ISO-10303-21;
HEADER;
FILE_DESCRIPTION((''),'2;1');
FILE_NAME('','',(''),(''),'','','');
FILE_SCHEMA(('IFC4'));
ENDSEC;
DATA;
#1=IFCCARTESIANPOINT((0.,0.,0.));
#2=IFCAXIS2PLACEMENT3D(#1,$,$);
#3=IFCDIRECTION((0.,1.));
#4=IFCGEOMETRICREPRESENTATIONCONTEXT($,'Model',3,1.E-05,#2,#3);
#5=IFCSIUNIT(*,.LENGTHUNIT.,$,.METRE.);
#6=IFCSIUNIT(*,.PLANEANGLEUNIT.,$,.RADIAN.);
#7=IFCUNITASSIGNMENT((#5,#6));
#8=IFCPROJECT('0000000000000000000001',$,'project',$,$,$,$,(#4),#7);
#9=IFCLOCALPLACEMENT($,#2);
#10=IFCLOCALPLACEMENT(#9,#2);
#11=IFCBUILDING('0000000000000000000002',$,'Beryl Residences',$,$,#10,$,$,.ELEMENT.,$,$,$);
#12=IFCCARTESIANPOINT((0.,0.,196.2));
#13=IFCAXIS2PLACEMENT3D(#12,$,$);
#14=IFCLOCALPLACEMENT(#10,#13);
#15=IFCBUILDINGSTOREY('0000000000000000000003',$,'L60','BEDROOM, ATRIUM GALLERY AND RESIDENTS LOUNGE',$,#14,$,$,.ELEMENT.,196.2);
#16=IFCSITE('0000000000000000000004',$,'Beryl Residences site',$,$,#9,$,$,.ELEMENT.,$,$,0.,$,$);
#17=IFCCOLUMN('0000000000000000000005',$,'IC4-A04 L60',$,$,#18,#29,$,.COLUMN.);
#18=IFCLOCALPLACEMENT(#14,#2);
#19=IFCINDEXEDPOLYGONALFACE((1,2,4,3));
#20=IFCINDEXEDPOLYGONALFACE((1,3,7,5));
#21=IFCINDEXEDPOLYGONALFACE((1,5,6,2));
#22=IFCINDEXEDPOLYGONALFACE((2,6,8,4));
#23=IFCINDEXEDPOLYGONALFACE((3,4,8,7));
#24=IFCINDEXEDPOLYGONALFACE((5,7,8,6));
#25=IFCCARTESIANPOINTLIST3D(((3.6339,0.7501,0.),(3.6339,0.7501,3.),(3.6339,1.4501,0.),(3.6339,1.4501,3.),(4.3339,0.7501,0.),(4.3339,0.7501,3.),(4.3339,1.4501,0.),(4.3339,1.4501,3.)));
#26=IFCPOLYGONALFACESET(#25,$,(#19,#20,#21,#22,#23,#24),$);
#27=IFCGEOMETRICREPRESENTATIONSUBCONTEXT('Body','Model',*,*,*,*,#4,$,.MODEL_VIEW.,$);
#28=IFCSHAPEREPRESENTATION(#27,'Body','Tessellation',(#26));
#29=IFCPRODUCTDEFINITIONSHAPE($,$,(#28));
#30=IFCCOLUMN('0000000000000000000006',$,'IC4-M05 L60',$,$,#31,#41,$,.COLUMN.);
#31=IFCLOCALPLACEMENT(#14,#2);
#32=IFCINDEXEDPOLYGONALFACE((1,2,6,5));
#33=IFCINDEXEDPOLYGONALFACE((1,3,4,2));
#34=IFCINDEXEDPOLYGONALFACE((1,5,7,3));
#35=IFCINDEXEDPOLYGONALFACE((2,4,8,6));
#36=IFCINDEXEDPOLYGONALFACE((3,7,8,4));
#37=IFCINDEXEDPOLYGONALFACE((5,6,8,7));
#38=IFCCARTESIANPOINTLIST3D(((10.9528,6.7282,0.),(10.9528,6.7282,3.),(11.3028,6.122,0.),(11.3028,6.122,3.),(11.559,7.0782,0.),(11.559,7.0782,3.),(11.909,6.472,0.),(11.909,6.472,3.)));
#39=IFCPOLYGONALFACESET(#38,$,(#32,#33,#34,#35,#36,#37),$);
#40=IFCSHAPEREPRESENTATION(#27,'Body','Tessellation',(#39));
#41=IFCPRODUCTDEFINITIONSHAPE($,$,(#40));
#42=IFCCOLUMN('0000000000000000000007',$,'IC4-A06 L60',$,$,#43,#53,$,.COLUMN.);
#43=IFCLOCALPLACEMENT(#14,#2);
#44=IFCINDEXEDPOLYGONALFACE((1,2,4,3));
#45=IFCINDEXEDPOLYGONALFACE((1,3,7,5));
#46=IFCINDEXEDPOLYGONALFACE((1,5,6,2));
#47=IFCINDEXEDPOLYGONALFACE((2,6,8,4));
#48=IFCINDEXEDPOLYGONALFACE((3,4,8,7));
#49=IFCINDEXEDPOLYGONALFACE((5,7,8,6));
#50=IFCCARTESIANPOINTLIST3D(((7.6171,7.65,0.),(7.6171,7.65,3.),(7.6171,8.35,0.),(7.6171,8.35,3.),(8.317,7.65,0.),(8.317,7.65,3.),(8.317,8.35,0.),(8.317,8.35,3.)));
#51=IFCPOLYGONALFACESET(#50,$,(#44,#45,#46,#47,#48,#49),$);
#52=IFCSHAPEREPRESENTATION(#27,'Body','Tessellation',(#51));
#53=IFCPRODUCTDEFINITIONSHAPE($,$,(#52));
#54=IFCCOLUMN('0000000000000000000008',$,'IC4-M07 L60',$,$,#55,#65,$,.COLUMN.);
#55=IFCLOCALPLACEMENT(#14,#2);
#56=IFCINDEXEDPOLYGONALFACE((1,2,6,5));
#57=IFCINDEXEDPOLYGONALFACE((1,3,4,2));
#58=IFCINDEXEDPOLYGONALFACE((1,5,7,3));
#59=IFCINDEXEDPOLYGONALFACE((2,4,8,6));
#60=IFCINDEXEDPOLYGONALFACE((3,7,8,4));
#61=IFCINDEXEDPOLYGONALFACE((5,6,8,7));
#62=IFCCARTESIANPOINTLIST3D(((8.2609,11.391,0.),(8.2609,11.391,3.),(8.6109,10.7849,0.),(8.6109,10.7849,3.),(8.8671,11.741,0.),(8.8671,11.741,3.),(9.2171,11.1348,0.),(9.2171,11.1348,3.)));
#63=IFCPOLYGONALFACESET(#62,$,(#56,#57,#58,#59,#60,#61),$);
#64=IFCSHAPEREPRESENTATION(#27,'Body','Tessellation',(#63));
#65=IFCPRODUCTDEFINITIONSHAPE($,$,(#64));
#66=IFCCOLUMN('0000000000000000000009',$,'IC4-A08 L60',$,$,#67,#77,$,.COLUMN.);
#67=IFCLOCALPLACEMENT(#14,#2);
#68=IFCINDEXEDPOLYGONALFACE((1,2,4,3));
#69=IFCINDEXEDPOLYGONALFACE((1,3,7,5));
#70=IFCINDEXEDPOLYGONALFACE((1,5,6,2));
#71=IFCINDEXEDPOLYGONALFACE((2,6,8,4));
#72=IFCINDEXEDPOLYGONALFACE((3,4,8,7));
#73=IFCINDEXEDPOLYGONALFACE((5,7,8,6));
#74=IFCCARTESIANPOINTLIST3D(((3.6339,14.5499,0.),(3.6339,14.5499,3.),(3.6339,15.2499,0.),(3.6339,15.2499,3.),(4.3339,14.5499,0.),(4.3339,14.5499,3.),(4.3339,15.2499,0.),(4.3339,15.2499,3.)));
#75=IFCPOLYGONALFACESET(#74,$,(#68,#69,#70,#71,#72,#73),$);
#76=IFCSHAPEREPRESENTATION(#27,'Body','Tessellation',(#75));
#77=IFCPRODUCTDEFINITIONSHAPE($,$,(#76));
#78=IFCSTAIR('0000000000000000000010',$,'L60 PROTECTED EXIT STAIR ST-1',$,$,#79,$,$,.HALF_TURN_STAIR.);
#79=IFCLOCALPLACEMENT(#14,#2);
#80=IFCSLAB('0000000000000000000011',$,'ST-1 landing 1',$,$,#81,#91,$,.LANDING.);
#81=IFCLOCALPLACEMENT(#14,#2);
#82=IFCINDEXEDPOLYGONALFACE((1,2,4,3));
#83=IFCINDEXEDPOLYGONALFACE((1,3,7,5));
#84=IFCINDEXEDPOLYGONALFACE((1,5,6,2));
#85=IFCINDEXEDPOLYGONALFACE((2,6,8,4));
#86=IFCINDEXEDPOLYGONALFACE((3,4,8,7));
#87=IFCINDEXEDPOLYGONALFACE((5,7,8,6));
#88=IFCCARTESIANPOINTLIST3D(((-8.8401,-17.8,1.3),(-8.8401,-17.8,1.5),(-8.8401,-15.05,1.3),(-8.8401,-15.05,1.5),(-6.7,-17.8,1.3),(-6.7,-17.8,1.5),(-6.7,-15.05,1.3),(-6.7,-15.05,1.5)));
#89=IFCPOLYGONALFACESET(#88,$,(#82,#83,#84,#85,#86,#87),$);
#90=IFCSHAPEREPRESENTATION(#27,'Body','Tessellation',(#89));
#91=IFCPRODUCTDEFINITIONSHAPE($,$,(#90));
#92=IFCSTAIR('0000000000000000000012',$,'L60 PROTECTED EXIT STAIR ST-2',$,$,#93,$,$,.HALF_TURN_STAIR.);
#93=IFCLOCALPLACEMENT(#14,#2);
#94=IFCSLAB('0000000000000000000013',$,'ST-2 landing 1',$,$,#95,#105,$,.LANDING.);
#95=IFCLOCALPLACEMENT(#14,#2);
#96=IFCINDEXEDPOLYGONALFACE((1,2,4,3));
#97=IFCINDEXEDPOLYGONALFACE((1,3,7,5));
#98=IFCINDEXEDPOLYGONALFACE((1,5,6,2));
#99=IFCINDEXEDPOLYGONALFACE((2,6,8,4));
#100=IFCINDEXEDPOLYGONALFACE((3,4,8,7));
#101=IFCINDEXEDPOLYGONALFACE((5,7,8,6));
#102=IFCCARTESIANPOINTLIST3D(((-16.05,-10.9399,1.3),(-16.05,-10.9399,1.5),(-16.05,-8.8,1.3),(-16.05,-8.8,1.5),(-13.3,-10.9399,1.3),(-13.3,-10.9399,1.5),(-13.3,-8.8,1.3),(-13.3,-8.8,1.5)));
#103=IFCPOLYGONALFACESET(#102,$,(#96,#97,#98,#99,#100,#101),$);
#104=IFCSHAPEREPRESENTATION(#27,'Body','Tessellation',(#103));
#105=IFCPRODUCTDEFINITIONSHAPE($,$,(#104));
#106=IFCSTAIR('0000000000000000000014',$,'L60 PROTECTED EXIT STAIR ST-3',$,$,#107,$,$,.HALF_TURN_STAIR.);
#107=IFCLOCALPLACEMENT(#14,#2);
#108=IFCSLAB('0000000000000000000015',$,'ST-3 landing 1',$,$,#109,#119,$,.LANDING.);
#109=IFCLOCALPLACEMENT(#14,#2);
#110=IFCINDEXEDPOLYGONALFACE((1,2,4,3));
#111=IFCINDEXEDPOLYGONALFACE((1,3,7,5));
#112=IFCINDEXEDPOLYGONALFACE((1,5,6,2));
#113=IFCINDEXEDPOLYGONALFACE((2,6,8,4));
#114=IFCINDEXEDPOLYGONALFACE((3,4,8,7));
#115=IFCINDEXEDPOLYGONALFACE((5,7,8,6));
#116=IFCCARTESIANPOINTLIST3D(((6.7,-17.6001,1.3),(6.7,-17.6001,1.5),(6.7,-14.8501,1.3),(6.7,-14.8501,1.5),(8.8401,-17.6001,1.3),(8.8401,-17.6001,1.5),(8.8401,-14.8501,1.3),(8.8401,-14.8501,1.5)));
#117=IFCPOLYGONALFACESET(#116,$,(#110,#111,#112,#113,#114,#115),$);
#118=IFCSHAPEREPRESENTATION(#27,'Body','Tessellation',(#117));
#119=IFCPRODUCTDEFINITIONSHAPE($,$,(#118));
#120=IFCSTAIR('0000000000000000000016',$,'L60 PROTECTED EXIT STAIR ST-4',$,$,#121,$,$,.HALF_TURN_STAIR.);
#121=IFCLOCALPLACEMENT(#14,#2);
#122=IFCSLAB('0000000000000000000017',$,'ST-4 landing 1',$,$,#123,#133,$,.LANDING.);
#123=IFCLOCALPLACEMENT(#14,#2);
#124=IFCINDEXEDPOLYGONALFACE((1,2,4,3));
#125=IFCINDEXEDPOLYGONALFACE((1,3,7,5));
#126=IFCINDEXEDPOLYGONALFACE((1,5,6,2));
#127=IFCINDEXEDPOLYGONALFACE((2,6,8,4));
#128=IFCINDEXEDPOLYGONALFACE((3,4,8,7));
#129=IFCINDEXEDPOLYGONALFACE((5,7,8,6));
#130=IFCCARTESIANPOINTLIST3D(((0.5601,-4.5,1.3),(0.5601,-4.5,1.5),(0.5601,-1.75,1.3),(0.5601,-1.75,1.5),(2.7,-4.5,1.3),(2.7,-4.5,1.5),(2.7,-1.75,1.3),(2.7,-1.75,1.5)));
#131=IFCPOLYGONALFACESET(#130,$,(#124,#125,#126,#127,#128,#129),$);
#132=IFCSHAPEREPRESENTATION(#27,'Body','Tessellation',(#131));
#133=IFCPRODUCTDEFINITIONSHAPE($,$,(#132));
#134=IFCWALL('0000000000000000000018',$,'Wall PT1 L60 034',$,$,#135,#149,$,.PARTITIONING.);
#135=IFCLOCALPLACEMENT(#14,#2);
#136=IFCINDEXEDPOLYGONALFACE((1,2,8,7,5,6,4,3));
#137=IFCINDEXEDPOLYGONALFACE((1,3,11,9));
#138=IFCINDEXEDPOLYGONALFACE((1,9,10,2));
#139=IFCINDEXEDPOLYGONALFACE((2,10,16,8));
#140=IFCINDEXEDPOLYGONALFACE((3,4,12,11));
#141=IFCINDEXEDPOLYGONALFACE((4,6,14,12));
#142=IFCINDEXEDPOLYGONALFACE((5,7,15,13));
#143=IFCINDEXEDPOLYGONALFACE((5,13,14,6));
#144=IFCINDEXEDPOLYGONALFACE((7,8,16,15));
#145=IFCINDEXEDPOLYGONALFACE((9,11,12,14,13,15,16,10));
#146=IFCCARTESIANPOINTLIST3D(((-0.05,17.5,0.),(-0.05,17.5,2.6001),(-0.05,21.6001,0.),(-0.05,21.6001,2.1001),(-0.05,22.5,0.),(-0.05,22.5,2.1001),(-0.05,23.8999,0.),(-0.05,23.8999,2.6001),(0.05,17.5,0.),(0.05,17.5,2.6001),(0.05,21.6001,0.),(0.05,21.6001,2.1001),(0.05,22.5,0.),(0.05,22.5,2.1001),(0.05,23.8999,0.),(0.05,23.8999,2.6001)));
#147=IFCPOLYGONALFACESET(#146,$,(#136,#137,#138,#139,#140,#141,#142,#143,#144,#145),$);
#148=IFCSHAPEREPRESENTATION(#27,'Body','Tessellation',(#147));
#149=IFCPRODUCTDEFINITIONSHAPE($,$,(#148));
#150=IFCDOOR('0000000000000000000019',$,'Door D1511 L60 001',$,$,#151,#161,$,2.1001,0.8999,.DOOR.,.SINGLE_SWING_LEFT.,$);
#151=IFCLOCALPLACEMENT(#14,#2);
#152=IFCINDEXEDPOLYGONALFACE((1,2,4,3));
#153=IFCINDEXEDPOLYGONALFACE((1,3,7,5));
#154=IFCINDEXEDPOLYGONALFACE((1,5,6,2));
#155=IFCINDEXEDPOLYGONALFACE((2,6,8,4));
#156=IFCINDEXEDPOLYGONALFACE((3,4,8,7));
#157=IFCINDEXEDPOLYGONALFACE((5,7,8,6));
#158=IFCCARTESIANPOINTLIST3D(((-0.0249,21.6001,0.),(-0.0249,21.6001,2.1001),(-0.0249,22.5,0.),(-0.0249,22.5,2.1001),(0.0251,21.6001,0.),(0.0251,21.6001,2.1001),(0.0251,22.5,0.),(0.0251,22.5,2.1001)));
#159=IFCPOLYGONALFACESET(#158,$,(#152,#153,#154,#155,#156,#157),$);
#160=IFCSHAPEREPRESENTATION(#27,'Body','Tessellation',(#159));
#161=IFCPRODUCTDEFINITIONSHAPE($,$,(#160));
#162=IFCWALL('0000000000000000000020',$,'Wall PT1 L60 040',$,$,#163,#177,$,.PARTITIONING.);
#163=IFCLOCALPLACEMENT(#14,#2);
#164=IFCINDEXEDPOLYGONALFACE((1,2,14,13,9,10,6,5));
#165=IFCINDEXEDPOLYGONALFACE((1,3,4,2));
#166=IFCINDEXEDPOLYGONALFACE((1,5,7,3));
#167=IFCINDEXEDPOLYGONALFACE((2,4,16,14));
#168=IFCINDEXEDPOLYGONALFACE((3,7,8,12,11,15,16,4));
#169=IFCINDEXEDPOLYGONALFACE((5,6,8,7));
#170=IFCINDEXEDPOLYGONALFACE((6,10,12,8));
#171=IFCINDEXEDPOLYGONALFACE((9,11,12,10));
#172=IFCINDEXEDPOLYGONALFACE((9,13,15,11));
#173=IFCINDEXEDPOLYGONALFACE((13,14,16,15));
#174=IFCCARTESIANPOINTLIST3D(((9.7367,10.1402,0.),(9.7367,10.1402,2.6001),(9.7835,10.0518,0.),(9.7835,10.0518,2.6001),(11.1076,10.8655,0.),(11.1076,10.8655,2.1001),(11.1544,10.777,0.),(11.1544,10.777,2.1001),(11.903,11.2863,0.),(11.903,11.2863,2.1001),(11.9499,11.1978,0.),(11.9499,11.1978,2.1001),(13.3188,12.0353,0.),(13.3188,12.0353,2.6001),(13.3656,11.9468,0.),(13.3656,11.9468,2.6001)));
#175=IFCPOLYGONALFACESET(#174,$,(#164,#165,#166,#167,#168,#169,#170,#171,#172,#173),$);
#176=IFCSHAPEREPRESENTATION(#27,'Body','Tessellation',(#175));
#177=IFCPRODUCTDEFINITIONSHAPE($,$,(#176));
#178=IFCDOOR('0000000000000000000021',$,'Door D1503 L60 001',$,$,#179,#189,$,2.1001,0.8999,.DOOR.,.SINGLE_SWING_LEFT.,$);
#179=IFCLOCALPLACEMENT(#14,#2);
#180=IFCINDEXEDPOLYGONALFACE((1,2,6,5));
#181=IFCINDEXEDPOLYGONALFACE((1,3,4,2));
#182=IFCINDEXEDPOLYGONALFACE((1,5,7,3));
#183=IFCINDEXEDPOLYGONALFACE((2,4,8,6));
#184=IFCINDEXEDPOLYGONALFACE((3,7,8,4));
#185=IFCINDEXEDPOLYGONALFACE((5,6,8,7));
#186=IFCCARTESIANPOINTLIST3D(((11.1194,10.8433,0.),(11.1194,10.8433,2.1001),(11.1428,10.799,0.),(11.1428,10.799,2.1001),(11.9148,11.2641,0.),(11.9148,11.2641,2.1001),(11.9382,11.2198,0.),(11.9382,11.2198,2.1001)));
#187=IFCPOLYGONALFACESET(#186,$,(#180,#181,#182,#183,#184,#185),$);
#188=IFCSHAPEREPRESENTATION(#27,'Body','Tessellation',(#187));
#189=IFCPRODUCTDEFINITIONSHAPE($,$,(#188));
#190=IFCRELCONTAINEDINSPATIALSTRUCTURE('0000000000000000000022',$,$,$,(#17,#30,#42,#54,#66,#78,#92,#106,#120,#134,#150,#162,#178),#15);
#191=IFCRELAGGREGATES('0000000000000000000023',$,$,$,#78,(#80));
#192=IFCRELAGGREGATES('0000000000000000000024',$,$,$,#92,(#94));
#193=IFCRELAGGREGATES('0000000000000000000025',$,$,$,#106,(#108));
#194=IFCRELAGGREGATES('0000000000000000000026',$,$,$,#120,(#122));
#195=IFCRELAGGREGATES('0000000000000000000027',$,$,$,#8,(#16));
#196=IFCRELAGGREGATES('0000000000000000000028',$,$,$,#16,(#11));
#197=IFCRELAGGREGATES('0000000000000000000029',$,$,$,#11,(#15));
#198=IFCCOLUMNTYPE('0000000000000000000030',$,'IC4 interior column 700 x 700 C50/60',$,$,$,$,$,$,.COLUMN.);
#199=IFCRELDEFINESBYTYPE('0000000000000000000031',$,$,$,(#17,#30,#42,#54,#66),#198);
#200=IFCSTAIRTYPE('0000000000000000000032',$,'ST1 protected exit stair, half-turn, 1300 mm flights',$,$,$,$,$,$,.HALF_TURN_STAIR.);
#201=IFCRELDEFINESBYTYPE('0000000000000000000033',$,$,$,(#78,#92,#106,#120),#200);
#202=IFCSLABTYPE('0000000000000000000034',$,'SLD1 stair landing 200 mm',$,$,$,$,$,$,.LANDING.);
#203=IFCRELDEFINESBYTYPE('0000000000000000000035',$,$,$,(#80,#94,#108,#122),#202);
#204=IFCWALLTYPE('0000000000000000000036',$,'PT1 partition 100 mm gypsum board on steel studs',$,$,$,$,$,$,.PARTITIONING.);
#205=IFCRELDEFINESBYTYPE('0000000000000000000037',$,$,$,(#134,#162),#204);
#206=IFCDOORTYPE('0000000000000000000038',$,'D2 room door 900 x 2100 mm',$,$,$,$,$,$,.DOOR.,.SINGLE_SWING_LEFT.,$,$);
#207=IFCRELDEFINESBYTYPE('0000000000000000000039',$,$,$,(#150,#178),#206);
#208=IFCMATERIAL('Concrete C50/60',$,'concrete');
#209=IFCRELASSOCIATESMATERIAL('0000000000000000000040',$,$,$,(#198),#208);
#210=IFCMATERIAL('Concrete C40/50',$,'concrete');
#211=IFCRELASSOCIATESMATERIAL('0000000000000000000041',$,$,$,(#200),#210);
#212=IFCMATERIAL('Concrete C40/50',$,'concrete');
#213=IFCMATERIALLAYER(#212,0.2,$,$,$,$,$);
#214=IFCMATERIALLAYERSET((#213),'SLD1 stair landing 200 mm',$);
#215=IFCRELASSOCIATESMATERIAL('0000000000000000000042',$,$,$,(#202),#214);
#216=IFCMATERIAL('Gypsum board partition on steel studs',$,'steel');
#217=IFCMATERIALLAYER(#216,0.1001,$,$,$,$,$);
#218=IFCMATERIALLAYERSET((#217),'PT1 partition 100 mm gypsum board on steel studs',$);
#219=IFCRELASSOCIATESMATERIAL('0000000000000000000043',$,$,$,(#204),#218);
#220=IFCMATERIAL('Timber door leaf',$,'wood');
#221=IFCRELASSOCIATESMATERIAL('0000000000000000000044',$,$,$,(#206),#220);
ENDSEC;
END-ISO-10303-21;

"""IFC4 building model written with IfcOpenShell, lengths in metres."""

from ifc_helpers import new_model, si_unit, direction, frame, frame_2d, origin, origin_2d, place, context, subcontext, project, spatial, polyline, rectangle, outline, extrude, material, layer, layer_set, material_profile, profile_set, type_object, element, fill, aggregate, save


model = new_model("IFC4")

# Units and contexts
model_context = context("Model", 3, precision=1e-05, world=origin(), true_north=direction((0.0, 1.0)))
body_context = subcontext(model_context, "Body", "Model", "MODEL_VIEW")
ifc_project = project(units=[si_unit("LENGTHUNIT", "METRE"), si_unit("PLANEANGLEUNIT", "RADIAN")], contexts=[model_context])

# Site, building, storey
site_placement = place(None, origin())
site = spatial("IfcSite", under=ifc_project, at=site_placement, Name="Beryl Residences site", CompositionType="ELEMENT", RefElevation=0.0)
building_placement = place(site_placement, origin())
building = spatial("IfcBuilding", under=site, at=building_placement, Name="Beryl Residences", CompositionType="ELEMENT")
storey_placement = place(building_placement, frame((0.0, 0.0, 196.2)))
storey = spatial("IfcBuildingStorey", under=building, at=storey_placement, Name="L60", Description="BEDROOM, ATRIUM GALLERY AND RESIDENTS LOUNGE", CompositionType="ELEMENT", Elevation=196.2)

# Columns
ifc_material_1 = material(Name="Concrete C50/60", Category="concrete")
ifc_material_profile = material_profile(ifc_material_1, rectangle(XDim=0.7, YDim=0.7, at=origin_2d()))
ifc_profile_set = profile_set([ifc_material_profile], Name="Concrete C50/60")
column_type = type_object("IfcColumnType", Name="IC4 interior column 700 x 700 C50/60", PredefinedType="COLUMN", material=ifc_profile_set)
for number, where, z_axis, x_axis, name in (
    (1, (3.9839, 1.1001, 0.0), (0.0, 0.0, 1.0), (1.0, 0.0, 0.0), "IC4-A04 L60"),
    (2, (11.4309, 6.6001, 0.0), (0.0, 0.0, 1.0), (-0.5, 0.866025, 0.0), "IC4-M05 L60"),
    (3, (7.967, 8.0, 0.0), (0.0, 0.0, 1.0), (1.0, 0.0, 0.0), "IC4-A06 L60"),
    (4, (8.739, 11.2629, 0.0), (0.0, 0.0, 1.0), (-0.5, 0.866025, 0.0), "IC4-M07 L60"),
    (5, (3.9839, 14.8999, 0.0), (0.0, 0.0, 1.0), (1.0, 0.0, 0.0), "IC4-A08 L60"),
):
    element("IfcColumn", number, at=place(storey_placement, frame(where, z_axis=z_axis, x_axis=x_axis)), inside=storey, type_object=column_type, Name=name, PredefinedType="COLUMN", context=body_context, shape_type="SweptSolid", body=[
        extrude(rectangle(XDim=0.7, YDim=0.7, at=origin_2d()), origin(), (0.0, 0.0, 1.0), 3.0),
    ])

# Stairs, slabs
ifc_material_2 = material(Name="Concrete C40/50", Category="concrete")
stair_type = type_object("IfcStairType", Name="ST1 protected exit stair, half-turn, 1300 mm flights", PredefinedType="HALF_TURN_STAIR", material=ifc_material_2)
stair_1_placement = place(storey_placement, origin())
stair_1 = element("IfcStair", 6, at=stair_1_placement, inside=storey, type_object=stair_type, Name="L60 PROTECTED EXIT STAIR ST-1", PredefinedType="HALF_TURN_STAIR")
ifc_material_3 = material(Name="Concrete C40/50", Category="concrete")
ifc_layer_1 = layer(ifc_material_3, 0.2)
ifc_layer_set_1 = layer_set([ifc_layer_1], Name="SLD1 stair landing 200 mm")
slab_type_1 = type_object("IfcSlabType", Name="SLD1 stair landing 200 mm", PredefinedType="LANDING", material=ifc_layer_set_1)
slab_1_placement = place(storey_placement, frame((0.0, 0.0, 1.3)))
slab_1 = element("IfcSlab", 7, at=slab_1_placement, type_object=slab_type_1, Name="ST-1 landing 1", PredefinedType="LANDING", context=body_context, shape_type="SweptSolid", body=[
    extrude(outline(polyline([(-8.8401, -17.8), (-6.7, -17.8), (-6.7, -15.05), (-8.8401, -15.05), (-8.8401, -17.8)])), origin(), (0.0, 0.0, 1.0), 0.2),
])
aggregate(stair_1, [slab_1])
stair_2_placement = place(storey_placement, origin())
stair_2 = element("IfcStair", 8, at=stair_2_placement, inside=storey, type_object=stair_type, Name="L60 PROTECTED EXIT STAIR ST-2", PredefinedType="HALF_TURN_STAIR")
slab_2_placement = place(storey_placement, frame((0.0, 0.0, 1.3)))
slab_2 = element("IfcSlab", 9, at=slab_2_placement, type_object=slab_type_1, Name="ST-2 landing 1", PredefinedType="LANDING", context=body_context, shape_type="SweptSolid", body=[
    extrude(outline(polyline([(-13.3, -10.9399), (-13.3, -8.8), (-16.05, -8.8), (-16.05, -10.9399), (-13.3, -10.9399)])), origin(), (0.0, 0.0, 1.0), 0.2),
])
aggregate(stair_2, [slab_2])
stair_3_placement = place(storey_placement, origin())
stair_3 = element("IfcStair", 10, at=stair_3_placement, inside=storey, type_object=stair_type, Name="L60 PROTECTED EXIT STAIR ST-3", PredefinedType="HALF_TURN_STAIR")
slab_3_placement = place(storey_placement, frame((0.0, 0.0, 1.3)))
slab_3 = element("IfcSlab", 11, at=slab_3_placement, type_object=slab_type_1, Name="ST-3 landing 1", PredefinedType="LANDING", context=body_context, shape_type="SweptSolid", body=[
    extrude(outline(polyline([(8.8401, -14.8501), (6.7, -14.8501), (6.7, -17.6001), (8.8401, -17.6001), (8.8401, -14.8501)])), origin(), (0.0, 0.0, 1.0), 0.2),
])
aggregate(stair_3, [slab_3])
stair_4_placement = place(storey_placement, origin())
stair_4 = element("IfcStair", 12, at=stair_4_placement, inside=storey, type_object=stair_type, Name="L60 PROTECTED EXIT STAIR ST-4", PredefinedType="HALF_TURN_STAIR")
slab_4_placement = place(storey_placement, frame((0.0, 0.0, 1.3)))
slab_4 = element("IfcSlab", 13, at=slab_4_placement, type_object=slab_type_1, Name="ST-4 landing 1", PredefinedType="LANDING", context=body_context, shape_type="SweptSolid", body=[
    extrude(outline(polyline([(0.5601, -4.5), (2.7, -4.5), (2.7, -1.75), (0.5601, -1.75), (0.5601, -4.5)])), origin(), (0.0, 0.0, 1.0), 0.2),
])
aggregate(stair_4, [slab_4])

# Walls, openings, doors
ifc_material_4 = material(Name="Gypsum board partition on steel studs", Category="steel")
ifc_layer_2 = layer(ifc_material_4, 0.1001)
ifc_layer_set_2 = layer_set([ifc_layer_2], Name="PT1 partition 100 mm gypsum board on steel studs")
wall_type_1 = type_object("IfcWallType", Name="PT1 partition 100 mm gypsum board on steel studs", PredefinedType="PARTITIONING", material=ifc_layer_set_2)
wall_1_placement = place(storey_placement, frame((0.0, 17.5, 0.0), z_axis=(0.0, 0.0, 1.0), x_axis=(0.0, 1.0, 0.0)))
wall_1 = element("IfcWall", 14, at=wall_1_placement, inside=storey, type_object=wall_type_1, Name="Wall PT1 L60 034", PredefinedType="PARTITIONING", context=body_context, shape_type="SweptSolid", body=[
    extrude(rectangle(XDim=6.3999, YDim=0.1001, at=frame_2d((3.2, 0.0))), origin(), (0.0, 0.0, 1.0), 2.6001),
])
opening_1_placement = place(wall_1_placement, frame((4.1001, 0.0, 0.0)))
opening_1 = element("IfcOpeningElement", 15, at=opening_1_placement, cuts=wall_1, PredefinedType="OPENING", context=body_context, shape_type="SweptSolid", body=[
    extrude(rectangle(XDim=0.8999, YDim=2.1001, at=frame_2d((0.45, 1.05))), frame((0.0, 0.0601, 0.0), z_axis=(0.0, -1.0, 0.0), x_axis=(1.0, 0.0, 0.0)), (0.0, 0.0, 1.0), 0.1201),
])
ifc_material_5 = material(Name="Timber door leaf", Category="wood")
door_type_1 = type_object("IfcDoorType", Name="D2 room door 900 x 2100 mm", OperationType="SINGLE_SWING_LEFT", PredefinedType="DOOR", material=ifc_material_5)
door_1_placement = place(opening_1_placement, origin())
door_1 = element("IfcDoor", 16, at=door_1_placement, inside=storey, type_object=door_type_1, Name="Door D1511 L60 001", OperationType="SINGLE_SWING_LEFT", OverallHeight=2.1001, OverallWidth=0.8999, PredefinedType="DOOR", context=body_context, shape_type="SweptSolid", body=[
    extrude(rectangle(XDim=0.8999, YDim=2.1001, at=frame_2d((0.45, 1.05))), frame((0.0, 0.0249, 0.0), z_axis=(0.0, -1.0, 0.0), x_axis=(1.0, 0.0, 0.0)), (0.0, 0.0, 1.0), 0.05),
])
fill(opening_1, door_1)
wall_2_placement = place(storey_placement, frame((9.76, 10.0959, 0.0), z_axis=(0.0, 0.0, 1.0), x_axis=(0.883926, 0.467628, 0.0)))
wall_2 = element("IfcWall", 17, at=wall_2_placement, inside=storey, type_object=wall_type_1, Name="Wall PT1 L60 040", PredefinedType="PARTITIONING", context=body_context, shape_type="SweptSolid", body=[
    extrude(rectangle(XDim=4.0525, YDim=0.1001, at=frame_2d((2.0264, 0.0))), origin(), (0.0, 0.0, 1.0), 2.6001),
])
opening_2_placement = place(wall_2_placement, frame((1.551, 0.0, 0.0)))
opening_2 = element("IfcOpeningElement", 18, at=opening_2_placement, cuts=wall_2, PredefinedType="OPENING", context=body_context, shape_type="SweptSolid", body=[
    extrude(rectangle(XDim=0.8999, YDim=2.1001, at=frame_2d((0.45, 1.05))), frame((0.0, 0.0601, 0.0), z_axis=(0.0, -1.0, 0.0), x_axis=(1.0, 0.0, 0.0)), (0.0, 0.0, 1.0), 0.1201),
])
door_2_placement = place(opening_2_placement, origin())
door_2 = element("IfcDoor", 19, at=door_2_placement, inside=storey, type_object=door_type_1, Name="Door D1503 L60 001", OperationType="SINGLE_SWING_LEFT", OverallHeight=2.1001, OverallWidth=0.8999, PredefinedType="DOOR", context=body_context, shape_type="SweptSolid", body=[
    extrude(rectangle(XDim=0.8999, YDim=2.1001, at=frame_2d((0.45, 1.05))), frame((0.0, 0.0249, 0.0), z_axis=(0.0, -1.0, 0.0), x_axis=(1.0, 0.0, 0.0)), (0.0, 0.0, 1.0), 0.05),
])
fill(opening_2, door_2)

save(model, "model.ifc")
